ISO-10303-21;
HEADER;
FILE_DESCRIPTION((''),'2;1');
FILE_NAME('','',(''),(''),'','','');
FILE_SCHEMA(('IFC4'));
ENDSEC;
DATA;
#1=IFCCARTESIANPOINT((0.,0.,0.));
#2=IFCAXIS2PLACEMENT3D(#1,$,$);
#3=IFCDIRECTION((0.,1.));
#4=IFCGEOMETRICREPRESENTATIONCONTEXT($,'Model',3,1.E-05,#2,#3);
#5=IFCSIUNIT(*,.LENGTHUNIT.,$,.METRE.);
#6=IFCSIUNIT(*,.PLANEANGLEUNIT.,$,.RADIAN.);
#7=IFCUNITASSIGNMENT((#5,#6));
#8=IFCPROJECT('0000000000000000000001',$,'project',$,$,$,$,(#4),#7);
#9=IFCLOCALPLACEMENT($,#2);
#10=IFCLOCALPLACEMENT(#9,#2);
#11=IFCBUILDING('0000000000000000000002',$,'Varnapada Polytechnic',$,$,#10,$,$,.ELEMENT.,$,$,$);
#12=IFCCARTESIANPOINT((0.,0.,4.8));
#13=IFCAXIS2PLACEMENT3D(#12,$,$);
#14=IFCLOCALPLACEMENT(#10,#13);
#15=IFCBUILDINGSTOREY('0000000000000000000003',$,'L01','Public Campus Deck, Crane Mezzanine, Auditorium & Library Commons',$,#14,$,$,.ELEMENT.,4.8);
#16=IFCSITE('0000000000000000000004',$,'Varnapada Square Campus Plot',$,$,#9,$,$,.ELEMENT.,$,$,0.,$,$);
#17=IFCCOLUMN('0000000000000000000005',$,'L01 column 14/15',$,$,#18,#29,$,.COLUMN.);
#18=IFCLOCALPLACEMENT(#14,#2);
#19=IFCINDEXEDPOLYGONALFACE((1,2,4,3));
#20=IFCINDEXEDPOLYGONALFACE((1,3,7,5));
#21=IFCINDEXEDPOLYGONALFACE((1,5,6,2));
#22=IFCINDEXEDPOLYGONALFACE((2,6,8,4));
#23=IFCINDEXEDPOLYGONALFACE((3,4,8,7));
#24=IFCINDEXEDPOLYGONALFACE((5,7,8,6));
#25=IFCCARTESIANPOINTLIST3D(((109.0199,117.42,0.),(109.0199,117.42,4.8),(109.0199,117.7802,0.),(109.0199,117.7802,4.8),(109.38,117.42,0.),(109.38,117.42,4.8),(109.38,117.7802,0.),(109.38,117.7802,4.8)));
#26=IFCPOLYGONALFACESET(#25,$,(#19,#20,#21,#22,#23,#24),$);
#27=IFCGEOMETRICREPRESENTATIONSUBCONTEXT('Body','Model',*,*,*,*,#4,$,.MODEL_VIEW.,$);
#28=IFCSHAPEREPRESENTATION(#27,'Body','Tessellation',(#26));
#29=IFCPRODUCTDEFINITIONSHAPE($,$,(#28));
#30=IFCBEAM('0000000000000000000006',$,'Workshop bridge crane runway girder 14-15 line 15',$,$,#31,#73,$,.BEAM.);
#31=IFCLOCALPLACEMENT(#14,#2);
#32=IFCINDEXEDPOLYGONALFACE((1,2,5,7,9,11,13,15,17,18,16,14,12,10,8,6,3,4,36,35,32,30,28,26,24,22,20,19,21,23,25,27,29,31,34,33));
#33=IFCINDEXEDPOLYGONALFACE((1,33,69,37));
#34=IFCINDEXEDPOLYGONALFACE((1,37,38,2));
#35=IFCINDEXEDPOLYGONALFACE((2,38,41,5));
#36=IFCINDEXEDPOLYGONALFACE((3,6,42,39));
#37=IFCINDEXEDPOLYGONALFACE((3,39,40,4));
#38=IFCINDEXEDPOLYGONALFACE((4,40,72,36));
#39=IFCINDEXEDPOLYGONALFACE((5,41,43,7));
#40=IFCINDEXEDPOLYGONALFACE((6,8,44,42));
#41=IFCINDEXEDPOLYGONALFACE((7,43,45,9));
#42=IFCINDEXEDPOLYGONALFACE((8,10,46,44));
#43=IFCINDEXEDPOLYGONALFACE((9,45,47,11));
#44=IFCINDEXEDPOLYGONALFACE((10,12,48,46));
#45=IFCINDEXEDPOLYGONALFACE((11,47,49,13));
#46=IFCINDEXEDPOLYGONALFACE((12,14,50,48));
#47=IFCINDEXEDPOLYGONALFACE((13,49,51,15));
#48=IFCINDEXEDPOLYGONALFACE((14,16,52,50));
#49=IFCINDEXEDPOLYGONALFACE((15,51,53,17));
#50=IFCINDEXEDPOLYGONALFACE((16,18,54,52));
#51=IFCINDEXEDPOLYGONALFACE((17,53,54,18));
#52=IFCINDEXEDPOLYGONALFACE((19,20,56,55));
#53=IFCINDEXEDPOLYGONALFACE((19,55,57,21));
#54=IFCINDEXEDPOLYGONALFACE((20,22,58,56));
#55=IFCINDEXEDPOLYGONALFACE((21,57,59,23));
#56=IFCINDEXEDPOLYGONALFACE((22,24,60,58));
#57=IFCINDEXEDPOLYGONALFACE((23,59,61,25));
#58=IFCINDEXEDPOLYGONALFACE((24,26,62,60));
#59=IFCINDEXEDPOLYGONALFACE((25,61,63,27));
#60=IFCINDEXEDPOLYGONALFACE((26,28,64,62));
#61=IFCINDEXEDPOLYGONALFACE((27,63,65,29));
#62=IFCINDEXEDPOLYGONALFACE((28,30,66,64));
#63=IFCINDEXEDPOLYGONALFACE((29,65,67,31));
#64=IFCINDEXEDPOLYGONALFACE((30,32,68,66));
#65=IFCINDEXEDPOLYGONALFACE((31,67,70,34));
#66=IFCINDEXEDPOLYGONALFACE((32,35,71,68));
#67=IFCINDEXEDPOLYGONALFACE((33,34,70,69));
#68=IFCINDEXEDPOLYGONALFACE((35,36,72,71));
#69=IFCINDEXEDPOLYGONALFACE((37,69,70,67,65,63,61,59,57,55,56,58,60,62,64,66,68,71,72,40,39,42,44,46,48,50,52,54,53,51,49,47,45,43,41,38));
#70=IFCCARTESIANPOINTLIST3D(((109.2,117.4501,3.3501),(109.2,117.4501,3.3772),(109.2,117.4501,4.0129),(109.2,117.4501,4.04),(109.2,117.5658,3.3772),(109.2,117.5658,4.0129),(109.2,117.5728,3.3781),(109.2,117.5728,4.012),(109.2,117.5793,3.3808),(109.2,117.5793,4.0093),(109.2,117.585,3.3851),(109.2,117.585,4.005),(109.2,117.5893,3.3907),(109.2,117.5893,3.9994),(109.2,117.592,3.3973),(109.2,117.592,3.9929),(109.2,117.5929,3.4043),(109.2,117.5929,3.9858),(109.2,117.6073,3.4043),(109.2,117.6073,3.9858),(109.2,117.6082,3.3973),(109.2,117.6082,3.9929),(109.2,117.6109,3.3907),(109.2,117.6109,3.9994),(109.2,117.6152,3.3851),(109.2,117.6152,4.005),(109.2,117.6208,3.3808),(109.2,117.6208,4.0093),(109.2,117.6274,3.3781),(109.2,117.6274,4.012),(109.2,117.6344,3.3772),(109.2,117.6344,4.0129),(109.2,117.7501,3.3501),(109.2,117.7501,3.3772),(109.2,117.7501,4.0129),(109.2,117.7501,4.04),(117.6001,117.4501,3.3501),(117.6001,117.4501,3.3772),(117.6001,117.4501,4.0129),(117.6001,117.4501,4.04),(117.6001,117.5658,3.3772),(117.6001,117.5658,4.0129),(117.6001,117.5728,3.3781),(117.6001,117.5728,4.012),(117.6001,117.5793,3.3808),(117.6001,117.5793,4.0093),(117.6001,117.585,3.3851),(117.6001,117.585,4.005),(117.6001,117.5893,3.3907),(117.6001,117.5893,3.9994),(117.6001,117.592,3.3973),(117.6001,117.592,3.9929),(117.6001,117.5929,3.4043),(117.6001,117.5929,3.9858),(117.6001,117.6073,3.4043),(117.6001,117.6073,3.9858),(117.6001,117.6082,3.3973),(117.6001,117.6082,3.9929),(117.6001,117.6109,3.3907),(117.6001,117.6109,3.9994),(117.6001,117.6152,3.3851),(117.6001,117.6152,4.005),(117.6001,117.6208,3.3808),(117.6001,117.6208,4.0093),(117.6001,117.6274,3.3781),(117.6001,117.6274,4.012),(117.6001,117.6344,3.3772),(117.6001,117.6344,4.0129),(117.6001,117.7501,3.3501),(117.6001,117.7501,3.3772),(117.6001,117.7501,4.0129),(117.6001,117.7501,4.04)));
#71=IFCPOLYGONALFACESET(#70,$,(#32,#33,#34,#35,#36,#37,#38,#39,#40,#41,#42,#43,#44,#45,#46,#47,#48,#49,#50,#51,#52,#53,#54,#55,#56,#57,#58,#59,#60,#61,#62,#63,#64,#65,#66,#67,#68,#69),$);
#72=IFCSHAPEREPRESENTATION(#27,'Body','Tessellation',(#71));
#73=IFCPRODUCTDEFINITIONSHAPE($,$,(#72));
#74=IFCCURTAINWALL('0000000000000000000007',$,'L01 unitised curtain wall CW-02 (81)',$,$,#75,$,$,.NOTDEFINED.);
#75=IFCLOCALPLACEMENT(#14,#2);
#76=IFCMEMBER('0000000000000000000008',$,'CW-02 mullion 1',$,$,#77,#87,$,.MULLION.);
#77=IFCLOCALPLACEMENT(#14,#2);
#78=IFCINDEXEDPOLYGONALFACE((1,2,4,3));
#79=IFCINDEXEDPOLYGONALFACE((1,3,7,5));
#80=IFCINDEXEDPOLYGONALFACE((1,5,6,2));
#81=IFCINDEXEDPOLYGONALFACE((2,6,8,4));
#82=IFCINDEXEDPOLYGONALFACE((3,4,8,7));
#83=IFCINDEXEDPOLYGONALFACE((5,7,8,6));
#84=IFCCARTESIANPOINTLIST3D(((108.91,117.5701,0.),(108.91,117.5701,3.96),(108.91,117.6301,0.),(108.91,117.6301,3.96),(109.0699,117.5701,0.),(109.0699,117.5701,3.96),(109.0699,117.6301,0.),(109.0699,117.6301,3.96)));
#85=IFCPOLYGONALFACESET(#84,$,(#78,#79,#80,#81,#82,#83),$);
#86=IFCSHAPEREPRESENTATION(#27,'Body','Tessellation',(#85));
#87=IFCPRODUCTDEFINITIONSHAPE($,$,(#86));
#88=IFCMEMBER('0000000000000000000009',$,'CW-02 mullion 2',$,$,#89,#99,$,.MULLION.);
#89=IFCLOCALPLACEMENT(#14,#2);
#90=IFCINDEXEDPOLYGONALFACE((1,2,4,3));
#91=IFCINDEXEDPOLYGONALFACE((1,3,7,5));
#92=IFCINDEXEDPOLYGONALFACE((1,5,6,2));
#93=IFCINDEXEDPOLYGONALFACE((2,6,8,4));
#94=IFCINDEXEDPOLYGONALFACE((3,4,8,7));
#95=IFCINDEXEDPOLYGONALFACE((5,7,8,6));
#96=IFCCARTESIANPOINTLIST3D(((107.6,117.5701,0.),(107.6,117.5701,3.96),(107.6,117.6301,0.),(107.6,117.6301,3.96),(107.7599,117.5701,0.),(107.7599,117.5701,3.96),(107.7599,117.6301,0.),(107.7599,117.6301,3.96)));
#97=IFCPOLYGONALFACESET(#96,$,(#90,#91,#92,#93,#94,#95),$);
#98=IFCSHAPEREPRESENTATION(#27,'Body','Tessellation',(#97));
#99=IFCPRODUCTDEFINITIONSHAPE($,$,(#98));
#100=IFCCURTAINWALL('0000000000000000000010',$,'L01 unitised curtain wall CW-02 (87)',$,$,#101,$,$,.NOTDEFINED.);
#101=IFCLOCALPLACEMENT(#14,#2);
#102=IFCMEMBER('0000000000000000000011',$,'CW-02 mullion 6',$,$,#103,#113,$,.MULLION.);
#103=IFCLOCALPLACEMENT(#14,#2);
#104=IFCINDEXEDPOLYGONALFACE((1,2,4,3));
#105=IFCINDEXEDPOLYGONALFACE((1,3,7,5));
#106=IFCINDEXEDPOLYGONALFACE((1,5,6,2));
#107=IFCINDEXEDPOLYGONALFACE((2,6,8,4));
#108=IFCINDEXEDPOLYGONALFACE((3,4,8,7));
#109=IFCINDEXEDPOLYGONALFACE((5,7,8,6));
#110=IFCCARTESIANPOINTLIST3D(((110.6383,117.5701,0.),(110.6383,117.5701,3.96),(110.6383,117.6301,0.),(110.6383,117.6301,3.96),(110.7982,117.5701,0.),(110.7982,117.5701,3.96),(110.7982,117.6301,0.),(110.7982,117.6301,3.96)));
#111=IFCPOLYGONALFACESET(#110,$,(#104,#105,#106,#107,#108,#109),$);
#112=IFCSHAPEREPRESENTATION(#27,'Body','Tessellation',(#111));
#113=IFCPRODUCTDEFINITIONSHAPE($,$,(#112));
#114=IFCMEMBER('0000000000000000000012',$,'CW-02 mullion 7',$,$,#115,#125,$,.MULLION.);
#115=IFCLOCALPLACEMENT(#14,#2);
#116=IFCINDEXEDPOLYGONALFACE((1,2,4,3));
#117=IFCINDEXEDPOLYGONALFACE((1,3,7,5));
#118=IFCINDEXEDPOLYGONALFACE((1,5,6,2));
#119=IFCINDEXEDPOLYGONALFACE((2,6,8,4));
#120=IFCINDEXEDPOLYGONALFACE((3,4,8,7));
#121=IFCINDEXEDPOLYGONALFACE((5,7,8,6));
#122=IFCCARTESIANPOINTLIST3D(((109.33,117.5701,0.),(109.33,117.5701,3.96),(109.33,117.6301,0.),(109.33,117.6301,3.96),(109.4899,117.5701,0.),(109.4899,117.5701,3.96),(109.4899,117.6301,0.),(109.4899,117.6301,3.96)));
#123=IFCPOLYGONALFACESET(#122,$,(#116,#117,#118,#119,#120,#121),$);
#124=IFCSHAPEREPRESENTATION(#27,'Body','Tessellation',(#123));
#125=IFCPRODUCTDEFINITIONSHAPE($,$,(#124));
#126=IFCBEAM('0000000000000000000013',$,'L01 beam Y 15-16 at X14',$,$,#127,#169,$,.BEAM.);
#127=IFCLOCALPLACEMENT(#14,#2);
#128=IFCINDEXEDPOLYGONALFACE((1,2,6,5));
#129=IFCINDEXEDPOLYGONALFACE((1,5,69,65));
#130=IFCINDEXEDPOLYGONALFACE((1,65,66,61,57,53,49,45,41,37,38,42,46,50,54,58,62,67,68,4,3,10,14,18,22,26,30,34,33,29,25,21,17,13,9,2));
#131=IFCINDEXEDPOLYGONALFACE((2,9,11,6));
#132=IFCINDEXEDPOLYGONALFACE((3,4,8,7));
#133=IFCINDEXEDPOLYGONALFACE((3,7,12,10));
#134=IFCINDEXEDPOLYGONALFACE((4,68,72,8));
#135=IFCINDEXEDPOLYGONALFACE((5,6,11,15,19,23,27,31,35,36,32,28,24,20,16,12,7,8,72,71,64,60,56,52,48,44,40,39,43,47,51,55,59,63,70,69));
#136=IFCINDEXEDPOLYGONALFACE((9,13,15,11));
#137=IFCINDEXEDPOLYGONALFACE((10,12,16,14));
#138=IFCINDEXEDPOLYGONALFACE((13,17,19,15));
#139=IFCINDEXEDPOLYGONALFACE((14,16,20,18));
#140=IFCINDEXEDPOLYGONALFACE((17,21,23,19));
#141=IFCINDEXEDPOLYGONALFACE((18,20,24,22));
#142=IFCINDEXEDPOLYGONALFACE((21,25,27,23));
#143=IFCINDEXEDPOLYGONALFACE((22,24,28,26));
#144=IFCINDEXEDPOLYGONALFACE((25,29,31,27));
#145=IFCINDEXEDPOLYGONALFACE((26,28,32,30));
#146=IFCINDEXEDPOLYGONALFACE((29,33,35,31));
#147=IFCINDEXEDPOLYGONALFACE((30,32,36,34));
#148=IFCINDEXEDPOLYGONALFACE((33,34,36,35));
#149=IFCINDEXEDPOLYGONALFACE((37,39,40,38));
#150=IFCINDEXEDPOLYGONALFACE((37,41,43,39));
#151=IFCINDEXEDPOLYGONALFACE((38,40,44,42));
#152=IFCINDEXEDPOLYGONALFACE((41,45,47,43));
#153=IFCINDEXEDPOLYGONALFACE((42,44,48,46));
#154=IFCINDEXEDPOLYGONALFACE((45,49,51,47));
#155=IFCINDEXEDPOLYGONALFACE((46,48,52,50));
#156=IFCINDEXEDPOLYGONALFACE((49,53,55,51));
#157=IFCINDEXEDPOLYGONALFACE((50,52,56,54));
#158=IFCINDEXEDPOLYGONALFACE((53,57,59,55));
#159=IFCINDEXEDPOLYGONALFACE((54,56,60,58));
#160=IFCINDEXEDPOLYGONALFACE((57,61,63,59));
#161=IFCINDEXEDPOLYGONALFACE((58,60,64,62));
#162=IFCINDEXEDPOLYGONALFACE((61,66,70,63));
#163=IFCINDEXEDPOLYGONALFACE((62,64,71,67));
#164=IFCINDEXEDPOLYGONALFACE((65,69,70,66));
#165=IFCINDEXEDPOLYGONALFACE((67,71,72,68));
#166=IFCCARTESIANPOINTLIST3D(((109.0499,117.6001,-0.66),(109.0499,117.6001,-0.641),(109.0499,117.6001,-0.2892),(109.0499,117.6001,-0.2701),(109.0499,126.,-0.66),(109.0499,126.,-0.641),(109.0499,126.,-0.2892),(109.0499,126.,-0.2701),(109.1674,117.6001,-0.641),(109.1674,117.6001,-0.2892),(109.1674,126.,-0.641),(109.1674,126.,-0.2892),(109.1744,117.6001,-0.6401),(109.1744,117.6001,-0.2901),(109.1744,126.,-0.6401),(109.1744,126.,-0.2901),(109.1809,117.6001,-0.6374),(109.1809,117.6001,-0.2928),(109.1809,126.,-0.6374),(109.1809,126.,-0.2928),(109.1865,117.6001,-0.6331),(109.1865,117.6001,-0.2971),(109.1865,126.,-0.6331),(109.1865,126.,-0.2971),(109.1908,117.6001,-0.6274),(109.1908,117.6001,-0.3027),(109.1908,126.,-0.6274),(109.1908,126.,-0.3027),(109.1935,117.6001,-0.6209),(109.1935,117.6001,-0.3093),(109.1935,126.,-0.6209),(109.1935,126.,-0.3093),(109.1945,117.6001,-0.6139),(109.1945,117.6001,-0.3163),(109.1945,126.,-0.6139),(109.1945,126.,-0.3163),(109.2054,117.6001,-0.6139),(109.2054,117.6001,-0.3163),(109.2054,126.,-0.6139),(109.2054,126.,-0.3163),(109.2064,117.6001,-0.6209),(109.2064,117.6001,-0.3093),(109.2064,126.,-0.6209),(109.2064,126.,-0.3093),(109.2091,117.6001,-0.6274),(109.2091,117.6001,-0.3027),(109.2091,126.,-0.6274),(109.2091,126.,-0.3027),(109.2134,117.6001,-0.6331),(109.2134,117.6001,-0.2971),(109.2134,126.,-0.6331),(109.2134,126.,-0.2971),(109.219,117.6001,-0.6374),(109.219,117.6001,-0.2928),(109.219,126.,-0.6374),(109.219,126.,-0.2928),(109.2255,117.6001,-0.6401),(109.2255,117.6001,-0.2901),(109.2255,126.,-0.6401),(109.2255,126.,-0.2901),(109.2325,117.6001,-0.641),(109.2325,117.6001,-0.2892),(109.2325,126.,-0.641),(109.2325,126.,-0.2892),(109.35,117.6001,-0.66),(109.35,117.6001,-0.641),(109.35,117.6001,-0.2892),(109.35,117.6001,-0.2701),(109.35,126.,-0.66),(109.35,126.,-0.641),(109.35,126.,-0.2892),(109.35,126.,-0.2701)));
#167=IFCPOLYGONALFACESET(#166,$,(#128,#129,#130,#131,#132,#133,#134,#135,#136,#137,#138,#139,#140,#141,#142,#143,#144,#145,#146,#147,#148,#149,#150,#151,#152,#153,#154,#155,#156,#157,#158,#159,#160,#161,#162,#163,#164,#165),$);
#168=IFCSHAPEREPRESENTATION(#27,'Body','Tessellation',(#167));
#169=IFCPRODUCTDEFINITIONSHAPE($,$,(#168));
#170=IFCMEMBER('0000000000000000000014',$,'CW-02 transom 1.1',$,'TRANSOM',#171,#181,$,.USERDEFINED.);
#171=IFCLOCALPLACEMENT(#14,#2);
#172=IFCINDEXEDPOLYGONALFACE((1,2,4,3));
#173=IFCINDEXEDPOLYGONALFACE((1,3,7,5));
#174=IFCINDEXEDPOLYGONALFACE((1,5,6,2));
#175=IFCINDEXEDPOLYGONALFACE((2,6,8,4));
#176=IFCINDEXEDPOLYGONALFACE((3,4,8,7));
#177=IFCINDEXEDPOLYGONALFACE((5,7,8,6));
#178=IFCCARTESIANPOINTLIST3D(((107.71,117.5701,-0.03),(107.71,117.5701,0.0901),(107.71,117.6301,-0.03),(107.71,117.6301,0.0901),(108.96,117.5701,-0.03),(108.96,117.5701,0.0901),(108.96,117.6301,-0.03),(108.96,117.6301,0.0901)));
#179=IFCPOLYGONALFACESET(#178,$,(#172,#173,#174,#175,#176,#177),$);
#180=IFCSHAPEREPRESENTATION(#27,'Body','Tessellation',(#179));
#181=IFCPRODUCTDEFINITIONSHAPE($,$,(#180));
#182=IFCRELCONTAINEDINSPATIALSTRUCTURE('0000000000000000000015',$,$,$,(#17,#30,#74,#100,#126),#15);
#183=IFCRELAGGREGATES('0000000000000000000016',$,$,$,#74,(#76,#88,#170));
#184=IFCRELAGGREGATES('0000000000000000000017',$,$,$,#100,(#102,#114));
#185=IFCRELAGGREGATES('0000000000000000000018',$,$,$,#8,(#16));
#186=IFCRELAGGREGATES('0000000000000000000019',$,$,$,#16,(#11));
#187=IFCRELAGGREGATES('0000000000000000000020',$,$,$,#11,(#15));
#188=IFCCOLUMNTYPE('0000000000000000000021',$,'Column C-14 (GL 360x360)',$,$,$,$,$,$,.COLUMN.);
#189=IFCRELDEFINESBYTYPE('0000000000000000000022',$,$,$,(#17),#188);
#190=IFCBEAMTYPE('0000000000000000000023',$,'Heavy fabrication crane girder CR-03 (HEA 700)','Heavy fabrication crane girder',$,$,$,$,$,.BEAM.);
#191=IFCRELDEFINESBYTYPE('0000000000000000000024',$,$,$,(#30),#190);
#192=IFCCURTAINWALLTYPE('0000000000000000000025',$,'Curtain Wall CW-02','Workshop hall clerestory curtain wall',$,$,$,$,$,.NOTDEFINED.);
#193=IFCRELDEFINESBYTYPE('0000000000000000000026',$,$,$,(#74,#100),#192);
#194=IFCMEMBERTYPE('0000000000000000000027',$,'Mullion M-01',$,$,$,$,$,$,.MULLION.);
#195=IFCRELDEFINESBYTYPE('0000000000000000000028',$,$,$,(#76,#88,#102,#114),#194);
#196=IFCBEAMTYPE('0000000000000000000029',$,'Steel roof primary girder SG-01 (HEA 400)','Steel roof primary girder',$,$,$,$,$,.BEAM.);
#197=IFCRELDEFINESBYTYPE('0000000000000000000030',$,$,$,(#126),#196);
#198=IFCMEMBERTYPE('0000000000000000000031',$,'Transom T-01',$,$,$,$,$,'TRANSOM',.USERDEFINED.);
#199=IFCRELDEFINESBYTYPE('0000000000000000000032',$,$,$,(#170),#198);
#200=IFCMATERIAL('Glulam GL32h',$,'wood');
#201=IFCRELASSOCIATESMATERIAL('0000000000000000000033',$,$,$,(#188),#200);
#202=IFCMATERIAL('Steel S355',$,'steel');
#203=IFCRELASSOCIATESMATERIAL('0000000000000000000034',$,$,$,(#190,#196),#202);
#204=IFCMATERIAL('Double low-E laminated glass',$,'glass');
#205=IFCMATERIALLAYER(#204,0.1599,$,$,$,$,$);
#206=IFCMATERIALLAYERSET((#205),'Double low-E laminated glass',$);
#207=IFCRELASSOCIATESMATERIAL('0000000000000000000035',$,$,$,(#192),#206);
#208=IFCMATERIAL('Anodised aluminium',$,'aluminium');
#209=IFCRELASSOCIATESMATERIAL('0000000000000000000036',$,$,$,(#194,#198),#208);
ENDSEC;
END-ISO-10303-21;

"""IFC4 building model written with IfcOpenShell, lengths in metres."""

from ifc_helpers import new_model, si_unit, direction, frame, origin, origin_2d, place, context, subcontext, project, spatial, rectangle, i_section, extrude, material, layer, layer_set, material_profile, profile_set, type_object, element, aggregate, save


model = new_model("IFC4")

# Units and contexts
model_context = context("Model", 3, precision=1e-05, world=origin(), true_north=direction((0.0, 1.0)))
body_context = subcontext(model_context, "Body", "Model", "MODEL_VIEW")
ifc_project = project(units=[si_unit("LENGTHUNIT", "METRE"), si_unit("PLANEANGLEUNIT", "RADIAN")], contexts=[model_context])

# Site, building, storey
site_placement = place(None, origin())
site = spatial("IfcSite", under=ifc_project, at=site_placement, Name="Varnapada Square Campus Plot", CompositionType="ELEMENT", RefElevation=0.0)
building_placement = place(site_placement, origin())
building = spatial("IfcBuilding", under=site, at=building_placement, Name="Varnapada Polytechnic", CompositionType="ELEMENT")
storey_placement = place(building_placement, frame((0.0, 0.0, 4.8)))
storey = spatial("IfcBuildingStorey", under=building, at=storey_placement, Name="L01", Description="Public Campus Deck, Crane Mezzanine, Auditorium & Library Commons", CompositionType="ELEMENT", Elevation=4.8)

# Column
ifc_material_1 = material(Name="Glulam GL32h", Category="wood")
ifc_material_profile_1 = material_profile(ifc_material_1, rectangle(XDim=0.3601, YDim=0.3601, at=origin_2d()), Name="GL 360x360")
ifc_profile_set_1 = profile_set([ifc_material_profile_1], Name="Glulam GL32h")
column_type = type_object("IfcColumnType", Name="Column C-14 (GL 360x360)", PredefinedType="COLUMN", material=ifc_profile_set_1)
column_placement = place(storey_placement, frame((109.2, 117.6001, 0.0), z_axis=(0.0, 0.0, 1.0), x_axis=(1.0, 0.0, 0.0)))
element("IfcColumn", 1, at=column_placement, inside=storey, type_object=column_type, Name="L01 column 14/15", PredefinedType="COLUMN", context=body_context, shape_type="SweptSolid", body=[
    extrude(rectangle(XDim=0.3601, YDim=0.3601, at=origin_2d()), origin(), (0.0, 0.0, 1.0), 4.8),
])

# Beam
ifc_material_2 = material(Name="Steel S355", Category="steel")
ifc_material_profile_2 = material_profile(ifc_material_2, i_section(OverallWidth=0.3, OverallDepth=0.6899, WebThickness=0.0144, FlangeThickness=0.0271, FilletRadius=0.0271, at=origin_2d()), Name="HEA 700")
ifc_profile_set_2 = profile_set([ifc_material_profile_2], Name="Steel S355")
beam_type_1 = type_object("IfcBeamType", Name="Heavy fabrication crane girder CR-03 (HEA 700)", Description="Heavy fabrication crane girder", PredefinedType="BEAM", material=ifc_profile_set_2)
beam_1_placement = place(storey_placement, frame((109.2, 117.6001, 3.6951), z_axis=(1.0, 0.0, 0.0), x_axis=(0.0, 1.0, 0.0)))
element("IfcBeam", 2, at=beam_1_placement, inside=storey, type_object=beam_type_1, Name="Workshop bridge crane runway girder 14-15 line 15", PredefinedType="BEAM", context=body_context, shape_type="SweptSolid", body=[
    extrude(i_section(OverallWidth=0.3, OverallDepth=0.6899, WebThickness=0.0144, FlangeThickness=0.0271, FilletRadius=0.0271, at=origin_2d()), origin(), (0.0, 0.0, 1.0), 8.4001),
])

# Curtain walls, members
ifc_material_3 = material(Name="Double low-E laminated glass", Category="glass")
ifc_layer_1 = layer(ifc_material_3, 0.1599)
ifc_layer_set_1 = layer_set([ifc_layer_1], Name="Double low-E laminated glass")
curtain_wall_type = type_object("IfcCurtainWallType", Name="Curtain Wall CW-02", Description="Workshop hall clerestory curtain wall", PredefinedType="NOTDEFINED", material=ifc_layer_set_1)
curtain_wall_1_placement = place(storey_placement, origin())
curtain_wall_1 = element("IfcCurtainWall", 3, at=curtain_wall_1_placement, inside=storey, type_object=curtain_wall_type, Name="L01 unitised curtain wall CW-02 (81)", PredefinedType="NOTDEFINED")
ifc_material_4 = material(Name="Anodised aluminium", Category="aluminium")
ifc_material_profile_3 = material_profile(ifc_material_4, rectangle(XDim=0.0601, YDim=0.1599, at=origin_2d()), Name="ALU M60x160")
ifc_profile_set_3 = profile_set([ifc_material_profile_3], Name="Anodised aluminium")
member_type_1 = type_object("IfcMemberType", Name="Mullion M-01", PredefinedType="MULLION", material=ifc_profile_set_3)
member_1_placement = place(storey_placement, frame((108.99, 117.6001, 0.0), z_axis=(0.0, 0.0, 1.0), x_axis=(0.0, -1.0, 0.0)))
member_1 = element("IfcMember", 4, at=member_1_placement, type_object=member_type_1, Name="CW-02 mullion 1", PredefinedType="MULLION", context=body_context, shape_type="SweptSolid", body=[
    extrude(rectangle(XDim=0.0601, YDim=0.1599, at=origin_2d()), origin(), (0.0, 0.0, 1.0), 3.96),
])
member_2_placement = place(storey_placement, frame((107.6799, 117.6001, 0.0), z_axis=(0.0, 0.0, 1.0), x_axis=(0.0, -1.0, 0.0)))
member_2 = element("IfcMember", 5, at=member_2_placement, type_object=member_type_1, Name="CW-02 mullion 2", PredefinedType="MULLION", context=body_context, shape_type="SweptSolid", body=[
    extrude(rectangle(XDim=0.0601, YDim=0.1599, at=origin_2d()), origin(), (0.0, 0.0, 1.0), 3.96),
])
curtain_wall_2_placement = place(storey_placement, origin())
curtain_wall_2 = element("IfcCurtainWall", 6, at=curtain_wall_2_placement, inside=storey, type_object=curtain_wall_type, Name="L01 unitised curtain wall CW-02 (87)", PredefinedType="NOTDEFINED")
member_3_placement = place(storey_placement, frame((110.7183, 117.6001, 0.0), z_axis=(0.0, 0.0, 1.0), x_axis=(0.0, -1.0, 0.0)))
member_3 = element("IfcMember", 7, at=member_3_placement, type_object=member_type_1, Name="CW-02 mullion 6", PredefinedType="MULLION", context=body_context, shape_type="SweptSolid", body=[
    extrude(rectangle(XDim=0.0601, YDim=0.1599, at=origin_2d()), origin(), (0.0, 0.0, 1.0), 3.96),
])
member_4_placement = place(storey_placement, frame((109.4099, 117.6001, 0.0), z_axis=(0.0, 0.0, 1.0), x_axis=(0.0, -1.0, 0.0)))
member_4 = element("IfcMember", 8, at=member_4_placement, type_object=member_type_1, Name="CW-02 mullion 7", PredefinedType="MULLION", context=body_context, shape_type="SweptSolid", body=[
    extrude(rectangle(XDim=0.0601, YDim=0.1599, at=origin_2d()), origin(), (0.0, 0.0, 1.0), 3.96),
])

# Beam
ifc_material_profile_4 = material_profile(ifc_material_2, i_section(OverallWidth=0.3, OverallDepth=0.3899, WebThickness=0.011, FlangeThickness=0.019, FilletRadius=0.0271, at=origin_2d()), Name="HEA 400")
ifc_profile_set_4 = profile_set([ifc_material_profile_4], Name="Steel S355")
beam_type_2 = type_object("IfcBeamType", Name="Steel roof primary girder SG-01 (HEA 400)", Description="Steel roof primary girder", PredefinedType="BEAM", material=ifc_profile_set_4)
beam_2_placement = place(storey_placement, frame((109.2, 117.6001, -0.4651), z_axis=(0.0, 1.0, 0.0), x_axis=(-1.0, 0.0, 0.0)))
element("IfcBeam", 9, at=beam_2_placement, inside=storey, type_object=beam_type_2, Name="L01 beam Y 15-16 at X14", PredefinedType="BEAM", context=body_context, shape_type="SweptSolid", body=[
    extrude(i_section(OverallWidth=0.3, OverallDepth=0.3899, WebThickness=0.011, FlangeThickness=0.019, FilletRadius=0.0271, at=origin_2d()), origin(), (0.0, 0.0, 1.0), 8.3999),
])

# Member
ifc_material_profile_5 = material_profile(ifc_material_4, rectangle(XDim=0.0601, YDim=0.1201, at=origin_2d()), Name="ALU T60x120")
ifc_profile_set_5 = profile_set([ifc_material_profile_5], Name="Anodised aluminium")
member_type_2 = type_object("IfcMemberType", Name="Transom T-01", ElementType="TRANSOM", PredefinedType="USERDEFINED", material=ifc_profile_set_5)
member_5_placement = place(storey_placement, frame((108.96, 117.6001, 0.03), z_axis=(-1.0, 0.0, 0.0), x_axis=(0.0, -1.0, 0.0)))
member_5 = element("IfcMember", 10, at=member_5_placement, type_object=member_type_2, Name="CW-02 transom 1.1", ObjectType="TRANSOM", PredefinedType="USERDEFINED", context=body_context, shape_type="SweptSolid", body=[
    extrude(rectangle(XDim=0.0601, YDim=0.1201, at=origin_2d()), origin(), (0.0, 0.0, 1.0), 1.25),
])

aggregate(curtain_wall_1, [member_1, member_2, member_5])
aggregate(curtain_wall_2, [member_3, member_4])

save(model, "model.ifc")
